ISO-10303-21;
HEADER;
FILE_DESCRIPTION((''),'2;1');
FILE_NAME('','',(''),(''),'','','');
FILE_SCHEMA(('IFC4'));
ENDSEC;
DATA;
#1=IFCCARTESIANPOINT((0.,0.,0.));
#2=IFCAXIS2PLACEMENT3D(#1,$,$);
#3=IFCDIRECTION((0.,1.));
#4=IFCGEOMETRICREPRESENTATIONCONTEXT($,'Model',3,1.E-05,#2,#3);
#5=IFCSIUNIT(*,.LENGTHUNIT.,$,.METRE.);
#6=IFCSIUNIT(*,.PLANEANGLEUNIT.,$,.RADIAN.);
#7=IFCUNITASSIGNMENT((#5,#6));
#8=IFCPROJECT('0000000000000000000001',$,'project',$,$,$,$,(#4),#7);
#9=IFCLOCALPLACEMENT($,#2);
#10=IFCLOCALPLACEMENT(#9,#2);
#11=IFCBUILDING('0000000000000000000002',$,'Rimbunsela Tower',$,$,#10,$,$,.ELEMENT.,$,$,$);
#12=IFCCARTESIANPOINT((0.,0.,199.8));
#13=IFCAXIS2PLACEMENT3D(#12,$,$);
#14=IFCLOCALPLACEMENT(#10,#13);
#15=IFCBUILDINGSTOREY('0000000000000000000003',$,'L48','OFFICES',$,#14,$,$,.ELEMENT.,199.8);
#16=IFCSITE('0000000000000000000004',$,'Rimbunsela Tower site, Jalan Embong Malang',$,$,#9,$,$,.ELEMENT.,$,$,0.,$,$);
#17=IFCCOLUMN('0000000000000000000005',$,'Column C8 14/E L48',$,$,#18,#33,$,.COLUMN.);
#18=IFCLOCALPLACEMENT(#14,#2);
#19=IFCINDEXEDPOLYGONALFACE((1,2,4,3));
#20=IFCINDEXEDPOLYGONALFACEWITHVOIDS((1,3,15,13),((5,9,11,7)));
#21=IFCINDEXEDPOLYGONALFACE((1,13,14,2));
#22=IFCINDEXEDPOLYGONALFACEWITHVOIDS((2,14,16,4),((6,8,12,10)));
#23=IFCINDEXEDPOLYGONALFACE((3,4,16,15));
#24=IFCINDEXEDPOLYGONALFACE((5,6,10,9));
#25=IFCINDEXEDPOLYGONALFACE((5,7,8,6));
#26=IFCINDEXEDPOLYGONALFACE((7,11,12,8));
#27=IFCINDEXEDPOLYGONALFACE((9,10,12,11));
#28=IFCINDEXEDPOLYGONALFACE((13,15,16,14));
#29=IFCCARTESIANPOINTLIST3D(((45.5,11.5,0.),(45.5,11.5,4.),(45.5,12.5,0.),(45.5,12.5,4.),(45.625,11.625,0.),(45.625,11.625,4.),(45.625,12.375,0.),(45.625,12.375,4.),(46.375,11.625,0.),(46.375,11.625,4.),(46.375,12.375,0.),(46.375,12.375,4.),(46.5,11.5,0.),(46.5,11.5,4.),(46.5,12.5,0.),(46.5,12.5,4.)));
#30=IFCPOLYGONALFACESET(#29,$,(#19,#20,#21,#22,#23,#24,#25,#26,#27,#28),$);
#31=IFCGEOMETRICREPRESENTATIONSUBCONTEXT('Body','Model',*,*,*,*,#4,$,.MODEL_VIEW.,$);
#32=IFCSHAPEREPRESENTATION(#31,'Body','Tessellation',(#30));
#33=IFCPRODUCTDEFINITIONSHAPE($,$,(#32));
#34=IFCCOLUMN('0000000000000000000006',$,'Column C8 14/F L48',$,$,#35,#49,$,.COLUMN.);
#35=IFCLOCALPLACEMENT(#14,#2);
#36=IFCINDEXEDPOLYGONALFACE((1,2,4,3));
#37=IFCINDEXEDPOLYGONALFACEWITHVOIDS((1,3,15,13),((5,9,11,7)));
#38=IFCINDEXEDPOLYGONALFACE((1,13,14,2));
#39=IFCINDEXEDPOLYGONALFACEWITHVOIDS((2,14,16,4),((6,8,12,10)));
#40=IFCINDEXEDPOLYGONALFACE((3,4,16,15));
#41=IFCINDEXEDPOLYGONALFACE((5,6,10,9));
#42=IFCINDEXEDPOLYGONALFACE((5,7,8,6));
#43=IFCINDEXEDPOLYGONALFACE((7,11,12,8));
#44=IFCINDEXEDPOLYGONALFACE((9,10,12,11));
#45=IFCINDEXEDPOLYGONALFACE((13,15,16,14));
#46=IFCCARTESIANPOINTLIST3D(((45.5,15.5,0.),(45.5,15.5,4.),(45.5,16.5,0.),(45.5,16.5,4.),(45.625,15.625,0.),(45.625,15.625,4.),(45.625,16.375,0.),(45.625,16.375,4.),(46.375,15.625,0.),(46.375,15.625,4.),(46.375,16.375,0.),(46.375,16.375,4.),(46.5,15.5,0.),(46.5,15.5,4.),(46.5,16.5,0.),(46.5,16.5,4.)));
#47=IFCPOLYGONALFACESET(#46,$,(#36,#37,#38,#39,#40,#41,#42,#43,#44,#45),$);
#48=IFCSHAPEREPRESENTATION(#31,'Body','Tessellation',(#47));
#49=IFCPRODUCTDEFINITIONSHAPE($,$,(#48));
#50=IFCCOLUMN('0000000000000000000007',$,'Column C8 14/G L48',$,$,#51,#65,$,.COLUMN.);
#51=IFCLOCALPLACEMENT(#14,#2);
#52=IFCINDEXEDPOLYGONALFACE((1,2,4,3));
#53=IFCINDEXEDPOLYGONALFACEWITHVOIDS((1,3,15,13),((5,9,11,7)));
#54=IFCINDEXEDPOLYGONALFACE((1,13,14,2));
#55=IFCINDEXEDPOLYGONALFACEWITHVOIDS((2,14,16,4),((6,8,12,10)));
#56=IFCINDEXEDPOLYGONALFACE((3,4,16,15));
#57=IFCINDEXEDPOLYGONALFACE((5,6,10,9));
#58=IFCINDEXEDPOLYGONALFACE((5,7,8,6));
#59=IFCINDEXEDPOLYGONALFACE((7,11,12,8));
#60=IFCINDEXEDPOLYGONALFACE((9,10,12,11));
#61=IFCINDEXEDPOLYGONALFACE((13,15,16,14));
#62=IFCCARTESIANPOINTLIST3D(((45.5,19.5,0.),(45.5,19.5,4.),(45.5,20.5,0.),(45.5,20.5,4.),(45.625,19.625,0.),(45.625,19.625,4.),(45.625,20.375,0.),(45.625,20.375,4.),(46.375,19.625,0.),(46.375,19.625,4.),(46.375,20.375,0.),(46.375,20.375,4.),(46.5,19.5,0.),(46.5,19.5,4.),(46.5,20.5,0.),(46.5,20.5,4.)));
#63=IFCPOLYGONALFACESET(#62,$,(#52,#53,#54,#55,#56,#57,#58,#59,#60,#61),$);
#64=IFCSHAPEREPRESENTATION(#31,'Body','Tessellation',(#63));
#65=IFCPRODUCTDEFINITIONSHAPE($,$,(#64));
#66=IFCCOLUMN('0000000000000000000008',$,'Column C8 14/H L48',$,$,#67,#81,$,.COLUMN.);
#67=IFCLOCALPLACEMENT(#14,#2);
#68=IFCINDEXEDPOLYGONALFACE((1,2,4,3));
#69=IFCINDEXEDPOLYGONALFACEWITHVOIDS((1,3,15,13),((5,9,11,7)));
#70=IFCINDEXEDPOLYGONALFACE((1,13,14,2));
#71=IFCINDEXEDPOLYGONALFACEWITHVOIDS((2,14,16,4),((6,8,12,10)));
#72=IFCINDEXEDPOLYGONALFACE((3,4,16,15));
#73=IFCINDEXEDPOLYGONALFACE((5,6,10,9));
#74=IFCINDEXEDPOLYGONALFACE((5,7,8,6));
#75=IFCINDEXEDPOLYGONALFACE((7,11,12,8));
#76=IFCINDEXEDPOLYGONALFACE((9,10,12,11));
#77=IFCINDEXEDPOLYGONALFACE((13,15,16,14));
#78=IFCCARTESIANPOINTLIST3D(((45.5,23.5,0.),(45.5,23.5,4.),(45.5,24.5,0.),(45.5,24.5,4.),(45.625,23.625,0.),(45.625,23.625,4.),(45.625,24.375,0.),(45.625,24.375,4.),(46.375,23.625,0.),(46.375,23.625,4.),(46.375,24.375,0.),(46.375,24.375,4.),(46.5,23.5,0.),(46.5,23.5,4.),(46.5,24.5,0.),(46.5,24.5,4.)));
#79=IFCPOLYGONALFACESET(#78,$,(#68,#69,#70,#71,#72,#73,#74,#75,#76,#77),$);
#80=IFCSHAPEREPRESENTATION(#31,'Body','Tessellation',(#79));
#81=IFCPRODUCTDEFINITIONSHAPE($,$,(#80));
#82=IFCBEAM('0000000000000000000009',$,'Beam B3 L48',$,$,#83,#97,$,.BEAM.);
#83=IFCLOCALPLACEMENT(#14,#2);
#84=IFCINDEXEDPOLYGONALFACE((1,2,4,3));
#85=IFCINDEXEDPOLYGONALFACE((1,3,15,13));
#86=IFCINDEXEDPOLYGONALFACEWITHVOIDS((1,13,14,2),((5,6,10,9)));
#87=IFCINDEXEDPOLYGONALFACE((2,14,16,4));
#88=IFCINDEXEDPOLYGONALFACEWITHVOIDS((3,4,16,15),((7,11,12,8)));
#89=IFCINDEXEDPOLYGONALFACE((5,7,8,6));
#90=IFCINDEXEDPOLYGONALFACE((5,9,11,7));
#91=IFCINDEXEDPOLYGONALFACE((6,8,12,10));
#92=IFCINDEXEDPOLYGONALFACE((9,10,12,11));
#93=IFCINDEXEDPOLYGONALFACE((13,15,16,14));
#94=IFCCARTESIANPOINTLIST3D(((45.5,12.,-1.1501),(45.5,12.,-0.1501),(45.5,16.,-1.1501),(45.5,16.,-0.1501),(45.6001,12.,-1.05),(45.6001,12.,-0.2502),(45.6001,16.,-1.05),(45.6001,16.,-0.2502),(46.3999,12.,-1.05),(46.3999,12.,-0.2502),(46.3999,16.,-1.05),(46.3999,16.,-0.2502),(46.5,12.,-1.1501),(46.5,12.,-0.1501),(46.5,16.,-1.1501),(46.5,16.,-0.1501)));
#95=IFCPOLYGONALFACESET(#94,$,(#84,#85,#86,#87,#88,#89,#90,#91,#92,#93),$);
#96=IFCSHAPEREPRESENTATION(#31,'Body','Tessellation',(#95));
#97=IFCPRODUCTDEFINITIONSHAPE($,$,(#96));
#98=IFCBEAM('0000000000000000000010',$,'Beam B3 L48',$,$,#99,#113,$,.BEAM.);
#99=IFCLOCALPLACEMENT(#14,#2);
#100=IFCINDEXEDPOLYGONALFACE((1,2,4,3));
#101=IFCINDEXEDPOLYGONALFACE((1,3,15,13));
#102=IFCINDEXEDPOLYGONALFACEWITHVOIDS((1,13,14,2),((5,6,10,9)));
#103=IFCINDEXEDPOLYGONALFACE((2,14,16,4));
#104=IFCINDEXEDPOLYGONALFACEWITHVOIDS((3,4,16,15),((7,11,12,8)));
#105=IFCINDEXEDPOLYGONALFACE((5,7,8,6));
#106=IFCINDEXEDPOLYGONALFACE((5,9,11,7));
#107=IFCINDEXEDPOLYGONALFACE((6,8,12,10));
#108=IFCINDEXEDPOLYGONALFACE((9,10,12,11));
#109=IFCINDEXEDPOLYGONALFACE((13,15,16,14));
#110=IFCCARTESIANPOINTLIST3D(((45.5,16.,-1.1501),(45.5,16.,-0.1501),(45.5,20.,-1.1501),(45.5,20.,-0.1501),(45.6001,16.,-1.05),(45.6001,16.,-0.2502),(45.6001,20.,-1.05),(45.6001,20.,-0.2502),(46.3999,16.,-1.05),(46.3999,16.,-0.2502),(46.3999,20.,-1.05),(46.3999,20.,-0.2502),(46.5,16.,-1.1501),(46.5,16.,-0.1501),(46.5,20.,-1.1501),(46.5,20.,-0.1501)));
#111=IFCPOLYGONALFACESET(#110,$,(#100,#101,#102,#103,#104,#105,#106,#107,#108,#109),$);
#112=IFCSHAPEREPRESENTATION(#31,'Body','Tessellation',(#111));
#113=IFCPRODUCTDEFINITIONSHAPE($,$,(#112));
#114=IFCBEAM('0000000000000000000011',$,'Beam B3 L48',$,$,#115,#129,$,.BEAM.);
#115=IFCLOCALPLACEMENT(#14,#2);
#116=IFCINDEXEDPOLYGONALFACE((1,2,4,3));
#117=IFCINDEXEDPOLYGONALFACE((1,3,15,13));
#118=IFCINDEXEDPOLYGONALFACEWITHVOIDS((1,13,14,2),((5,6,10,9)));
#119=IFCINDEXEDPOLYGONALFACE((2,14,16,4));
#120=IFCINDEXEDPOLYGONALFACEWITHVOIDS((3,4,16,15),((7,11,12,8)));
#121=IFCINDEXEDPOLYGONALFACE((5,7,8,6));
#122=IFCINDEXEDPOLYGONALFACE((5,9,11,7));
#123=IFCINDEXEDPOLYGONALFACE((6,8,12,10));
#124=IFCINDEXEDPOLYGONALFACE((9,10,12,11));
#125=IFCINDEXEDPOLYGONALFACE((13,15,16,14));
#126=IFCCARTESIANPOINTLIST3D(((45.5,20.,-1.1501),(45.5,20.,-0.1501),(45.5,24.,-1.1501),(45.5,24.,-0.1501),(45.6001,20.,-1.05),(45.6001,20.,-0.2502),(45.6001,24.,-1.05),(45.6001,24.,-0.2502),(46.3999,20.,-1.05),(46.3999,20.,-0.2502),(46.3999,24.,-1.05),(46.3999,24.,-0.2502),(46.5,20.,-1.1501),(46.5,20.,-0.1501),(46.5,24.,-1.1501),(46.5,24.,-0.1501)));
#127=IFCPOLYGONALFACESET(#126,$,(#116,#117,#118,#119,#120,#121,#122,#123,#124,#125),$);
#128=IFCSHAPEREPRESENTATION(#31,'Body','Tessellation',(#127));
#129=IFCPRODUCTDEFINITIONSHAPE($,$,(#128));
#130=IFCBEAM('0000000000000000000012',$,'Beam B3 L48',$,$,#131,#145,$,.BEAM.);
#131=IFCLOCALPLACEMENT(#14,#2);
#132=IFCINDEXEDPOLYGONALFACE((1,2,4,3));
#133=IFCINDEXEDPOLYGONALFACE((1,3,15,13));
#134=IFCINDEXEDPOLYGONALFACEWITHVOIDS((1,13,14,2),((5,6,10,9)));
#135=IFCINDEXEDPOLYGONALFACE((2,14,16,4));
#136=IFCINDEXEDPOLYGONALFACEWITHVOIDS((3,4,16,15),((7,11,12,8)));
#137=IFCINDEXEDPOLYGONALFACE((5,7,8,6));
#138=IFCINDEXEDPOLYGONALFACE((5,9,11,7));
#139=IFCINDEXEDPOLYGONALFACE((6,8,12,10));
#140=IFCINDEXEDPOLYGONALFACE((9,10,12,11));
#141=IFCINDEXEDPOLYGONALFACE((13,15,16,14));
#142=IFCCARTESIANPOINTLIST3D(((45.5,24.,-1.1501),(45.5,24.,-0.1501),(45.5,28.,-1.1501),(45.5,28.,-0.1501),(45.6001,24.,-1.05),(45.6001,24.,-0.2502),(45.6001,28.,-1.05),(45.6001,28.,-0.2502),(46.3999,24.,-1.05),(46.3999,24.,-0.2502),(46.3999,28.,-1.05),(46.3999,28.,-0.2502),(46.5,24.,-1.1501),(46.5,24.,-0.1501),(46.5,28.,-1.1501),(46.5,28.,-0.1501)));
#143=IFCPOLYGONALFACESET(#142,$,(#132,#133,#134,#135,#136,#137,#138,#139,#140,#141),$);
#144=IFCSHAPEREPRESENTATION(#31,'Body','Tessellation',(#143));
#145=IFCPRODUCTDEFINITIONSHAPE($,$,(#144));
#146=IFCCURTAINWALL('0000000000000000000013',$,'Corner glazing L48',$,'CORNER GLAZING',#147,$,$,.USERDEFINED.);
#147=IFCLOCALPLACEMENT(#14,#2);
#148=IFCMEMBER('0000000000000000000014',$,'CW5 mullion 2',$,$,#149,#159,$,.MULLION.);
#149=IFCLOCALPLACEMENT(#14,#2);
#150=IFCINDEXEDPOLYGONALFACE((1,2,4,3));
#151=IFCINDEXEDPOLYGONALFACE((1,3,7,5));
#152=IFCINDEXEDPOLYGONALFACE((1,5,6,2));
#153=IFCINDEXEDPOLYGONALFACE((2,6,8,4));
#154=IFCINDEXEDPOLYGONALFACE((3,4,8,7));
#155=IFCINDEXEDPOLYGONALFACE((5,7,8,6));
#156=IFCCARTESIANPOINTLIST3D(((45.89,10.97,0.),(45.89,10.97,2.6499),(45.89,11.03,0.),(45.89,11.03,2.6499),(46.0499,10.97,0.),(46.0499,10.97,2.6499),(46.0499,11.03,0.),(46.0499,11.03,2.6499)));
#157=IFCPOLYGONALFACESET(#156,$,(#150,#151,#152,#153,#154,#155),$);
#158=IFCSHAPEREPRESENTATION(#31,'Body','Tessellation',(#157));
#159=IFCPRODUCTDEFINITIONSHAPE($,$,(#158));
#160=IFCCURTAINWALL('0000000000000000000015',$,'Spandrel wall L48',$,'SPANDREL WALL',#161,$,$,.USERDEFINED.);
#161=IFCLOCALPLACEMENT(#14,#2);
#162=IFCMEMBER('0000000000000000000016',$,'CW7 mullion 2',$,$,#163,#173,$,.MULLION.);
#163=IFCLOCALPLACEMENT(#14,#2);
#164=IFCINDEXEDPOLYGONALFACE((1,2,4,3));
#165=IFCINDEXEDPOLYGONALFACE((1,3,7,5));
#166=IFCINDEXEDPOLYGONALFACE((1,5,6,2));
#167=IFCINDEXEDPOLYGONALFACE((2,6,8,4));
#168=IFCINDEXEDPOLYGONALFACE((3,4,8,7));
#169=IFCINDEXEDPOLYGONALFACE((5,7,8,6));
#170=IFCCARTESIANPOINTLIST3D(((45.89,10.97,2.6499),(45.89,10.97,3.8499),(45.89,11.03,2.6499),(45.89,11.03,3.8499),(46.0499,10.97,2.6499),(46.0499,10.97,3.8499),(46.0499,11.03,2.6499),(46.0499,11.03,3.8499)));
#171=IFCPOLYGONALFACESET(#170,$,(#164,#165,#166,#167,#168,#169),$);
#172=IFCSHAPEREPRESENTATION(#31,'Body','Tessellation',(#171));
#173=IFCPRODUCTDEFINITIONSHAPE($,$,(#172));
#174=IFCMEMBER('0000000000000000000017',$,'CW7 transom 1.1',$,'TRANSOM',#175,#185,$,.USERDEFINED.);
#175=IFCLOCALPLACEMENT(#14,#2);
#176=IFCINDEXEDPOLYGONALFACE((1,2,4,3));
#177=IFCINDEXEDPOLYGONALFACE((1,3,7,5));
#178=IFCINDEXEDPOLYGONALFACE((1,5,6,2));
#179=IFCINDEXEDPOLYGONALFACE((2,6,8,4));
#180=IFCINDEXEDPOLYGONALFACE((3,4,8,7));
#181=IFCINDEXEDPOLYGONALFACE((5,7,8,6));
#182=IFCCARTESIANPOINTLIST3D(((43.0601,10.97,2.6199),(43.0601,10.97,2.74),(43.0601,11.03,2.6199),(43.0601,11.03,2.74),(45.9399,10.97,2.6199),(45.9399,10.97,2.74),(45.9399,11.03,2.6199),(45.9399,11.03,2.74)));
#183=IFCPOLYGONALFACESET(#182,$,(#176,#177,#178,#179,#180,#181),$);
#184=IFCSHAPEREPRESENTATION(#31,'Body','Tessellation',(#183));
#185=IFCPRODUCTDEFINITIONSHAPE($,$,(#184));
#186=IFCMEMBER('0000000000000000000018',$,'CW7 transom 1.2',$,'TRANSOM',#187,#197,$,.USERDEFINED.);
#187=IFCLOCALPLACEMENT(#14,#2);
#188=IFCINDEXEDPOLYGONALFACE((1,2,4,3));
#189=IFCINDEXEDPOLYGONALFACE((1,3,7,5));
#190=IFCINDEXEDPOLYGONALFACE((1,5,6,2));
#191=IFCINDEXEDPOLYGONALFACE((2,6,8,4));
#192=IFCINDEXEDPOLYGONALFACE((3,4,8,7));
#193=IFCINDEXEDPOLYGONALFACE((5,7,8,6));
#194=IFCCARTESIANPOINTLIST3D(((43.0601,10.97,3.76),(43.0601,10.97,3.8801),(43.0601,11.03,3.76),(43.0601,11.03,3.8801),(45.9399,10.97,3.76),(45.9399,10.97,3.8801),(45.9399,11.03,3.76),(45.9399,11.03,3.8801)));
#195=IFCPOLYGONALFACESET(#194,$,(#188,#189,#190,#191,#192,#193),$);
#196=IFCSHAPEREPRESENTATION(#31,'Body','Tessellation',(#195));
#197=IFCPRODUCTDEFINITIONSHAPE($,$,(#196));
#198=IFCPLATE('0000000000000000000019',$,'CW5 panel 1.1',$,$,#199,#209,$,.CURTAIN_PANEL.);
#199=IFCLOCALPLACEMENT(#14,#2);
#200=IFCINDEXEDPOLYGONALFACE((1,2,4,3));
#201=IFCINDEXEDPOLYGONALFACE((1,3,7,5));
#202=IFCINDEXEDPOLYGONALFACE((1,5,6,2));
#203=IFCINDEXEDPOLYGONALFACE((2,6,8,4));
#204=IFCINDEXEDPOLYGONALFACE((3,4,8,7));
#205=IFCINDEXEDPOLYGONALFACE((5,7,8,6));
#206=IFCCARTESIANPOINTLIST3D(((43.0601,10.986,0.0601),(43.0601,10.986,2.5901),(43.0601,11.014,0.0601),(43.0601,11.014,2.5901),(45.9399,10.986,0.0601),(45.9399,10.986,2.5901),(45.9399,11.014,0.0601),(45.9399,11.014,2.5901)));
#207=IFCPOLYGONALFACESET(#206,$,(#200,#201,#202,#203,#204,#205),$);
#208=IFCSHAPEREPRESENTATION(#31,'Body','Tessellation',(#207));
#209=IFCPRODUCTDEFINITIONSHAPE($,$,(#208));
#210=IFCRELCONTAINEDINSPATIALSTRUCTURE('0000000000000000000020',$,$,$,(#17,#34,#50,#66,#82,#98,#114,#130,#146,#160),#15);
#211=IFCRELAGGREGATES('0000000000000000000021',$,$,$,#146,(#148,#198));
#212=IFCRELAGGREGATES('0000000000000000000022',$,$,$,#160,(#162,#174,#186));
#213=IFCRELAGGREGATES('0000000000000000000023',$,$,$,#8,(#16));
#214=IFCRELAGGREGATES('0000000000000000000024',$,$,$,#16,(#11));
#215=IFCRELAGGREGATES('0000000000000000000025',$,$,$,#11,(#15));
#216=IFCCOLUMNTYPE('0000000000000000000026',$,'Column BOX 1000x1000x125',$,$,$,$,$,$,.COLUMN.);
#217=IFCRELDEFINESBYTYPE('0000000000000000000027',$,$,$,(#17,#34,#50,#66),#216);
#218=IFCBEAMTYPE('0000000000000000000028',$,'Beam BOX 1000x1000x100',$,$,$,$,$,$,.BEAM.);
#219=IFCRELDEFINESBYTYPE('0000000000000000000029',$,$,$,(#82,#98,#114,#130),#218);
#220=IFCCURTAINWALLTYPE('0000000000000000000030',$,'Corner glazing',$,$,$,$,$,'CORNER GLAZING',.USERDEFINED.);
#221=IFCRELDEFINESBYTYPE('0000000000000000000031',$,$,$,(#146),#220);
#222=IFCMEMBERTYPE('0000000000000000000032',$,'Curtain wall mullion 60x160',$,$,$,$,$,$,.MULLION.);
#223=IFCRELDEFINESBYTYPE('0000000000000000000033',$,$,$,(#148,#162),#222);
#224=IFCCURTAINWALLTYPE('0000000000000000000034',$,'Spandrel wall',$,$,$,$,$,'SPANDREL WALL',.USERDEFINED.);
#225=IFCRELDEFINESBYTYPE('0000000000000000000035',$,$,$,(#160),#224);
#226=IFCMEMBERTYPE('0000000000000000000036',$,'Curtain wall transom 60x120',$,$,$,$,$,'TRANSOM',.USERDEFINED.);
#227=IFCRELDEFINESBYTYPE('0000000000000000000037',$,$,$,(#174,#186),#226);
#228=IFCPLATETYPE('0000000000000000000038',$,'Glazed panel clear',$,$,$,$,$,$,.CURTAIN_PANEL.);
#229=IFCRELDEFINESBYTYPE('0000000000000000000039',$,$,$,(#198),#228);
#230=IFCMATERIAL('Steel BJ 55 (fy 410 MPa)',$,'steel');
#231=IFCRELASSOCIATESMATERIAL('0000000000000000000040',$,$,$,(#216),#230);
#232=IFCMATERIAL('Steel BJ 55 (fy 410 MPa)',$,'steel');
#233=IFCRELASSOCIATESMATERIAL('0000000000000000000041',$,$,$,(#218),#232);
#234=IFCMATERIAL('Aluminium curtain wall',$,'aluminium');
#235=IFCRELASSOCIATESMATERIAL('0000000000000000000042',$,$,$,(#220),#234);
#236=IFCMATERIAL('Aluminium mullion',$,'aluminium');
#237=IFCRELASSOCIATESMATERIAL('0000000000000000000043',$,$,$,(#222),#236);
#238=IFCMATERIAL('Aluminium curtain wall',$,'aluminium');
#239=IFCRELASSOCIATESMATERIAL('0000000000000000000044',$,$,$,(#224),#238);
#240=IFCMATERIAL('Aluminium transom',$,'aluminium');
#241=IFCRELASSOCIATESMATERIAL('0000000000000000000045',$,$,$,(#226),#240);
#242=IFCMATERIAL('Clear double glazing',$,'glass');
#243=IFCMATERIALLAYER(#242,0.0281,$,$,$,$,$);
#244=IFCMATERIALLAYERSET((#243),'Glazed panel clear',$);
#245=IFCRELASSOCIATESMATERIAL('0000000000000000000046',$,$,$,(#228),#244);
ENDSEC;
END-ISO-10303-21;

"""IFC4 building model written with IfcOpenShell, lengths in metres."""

from ifc_helpers import new_model, si_unit, direction, frame, origin, origin_2d, place, context, subcontext, project, spatial, rectangle, hollow_rectangle, extrude, material, layer, layer_set, material_profile, profile_set, type_object, element, aggregate, save


model = new_model("IFC4")

# Units and contexts
model_context = context("Model", 3, precision=1e-05, world=origin(), true_north=direction((0.0, 1.0)))
body_context = subcontext(model_context, "Body", "Model", "MODEL_VIEW")
ifc_project = project(units=[si_unit("LENGTHUNIT", "METRE"), si_unit("PLANEANGLEUNIT", "RADIAN")], contexts=[model_context])

# Site, building, storey
site_placement = place(None, origin())
site = spatial("IfcSite", under=ifc_project, at=site_placement, Name="Rimbunsela Tower site, Jalan Embong Malang", CompositionType="ELEMENT", RefElevation=0.0)
building_placement = place(site_placement, origin())
building = spatial("IfcBuilding", under=site, at=building_placement, Name="Rimbunsela Tower", CompositionType="ELEMENT")
storey_placement = place(building_placement, frame((0.0, 0.0, 199.8)))
storey = spatial("IfcBuildingStorey", under=building, at=storey_placement, Name="L48", Description="OFFICES", CompositionType="ELEMENT", Elevation=199.8)

# Columns
ifc_material_1 = material(Name="Steel BJ 55 (fy 410 MPa)", Category="steel")
ifc_material_profile_1 = material_profile(ifc_material_1, hollow_rectangle(XDim=1.0, YDim=1.0, WallThickness=0.125, at=origin_2d()), Name="BOX 1000x1000x125")
ifc_profile_set_1 = profile_set([ifc_material_profile_1], Name="Steel BJ 55 (fy 410 MPa)")
column_type = type_object("IfcColumnType", Name="Column BOX 1000x1000x125", PredefinedType="COLUMN", material=ifc_profile_set_1)
for number, where, z_axis, x_axis, name in (
    (1, (46.0, 12.0, 0.0), (0.0, 0.0, 1.0), (1.0, 0.0, 0.0), "Column C8 14/E L48"),
    (2, (46.0, 16.0, 0.0), (0.0, 0.0, 1.0), (1.0, 0.0, 0.0), "Column C8 14/F L48"),
    (3, (46.0, 20.0, 0.0), (0.0, 0.0, 1.0), (1.0, 0.0, 0.0), "Column C8 14/G L48"),
    (4, (46.0, 24.0, 0.0), (0.0, 0.0, 1.0), (1.0, 0.0, 0.0), "Column C8 14/H L48"),
):
    element("IfcColumn", number, at=place(storey_placement, frame(where, z_axis=z_axis, x_axis=x_axis)), inside=storey, type_object=column_type, Name=name, PredefinedType="COLUMN", context=body_context, shape_type="SweptSolid", body=[
        extrude(hollow_rectangle(XDim=1.0, YDim=1.0, WallThickness=0.125, at=origin_2d()), origin(), (0.0, 0.0, 1.0), 4.0),
    ])

# Beams
ifc_material_2 = material(Name="Steel BJ 55 (fy 410 MPa)", Category="steel")
ifc_material_profile_2 = material_profile(ifc_material_2, hollow_rectangle(XDim=1.0, YDim=1.0, WallThickness=0.1001, at=origin_2d()), Name="BOX 1000x1000x100")
ifc_profile_set_2 = profile_set([ifc_material_profile_2], Name="Steel BJ 55 (fy 410 MPa)")
beam_type = type_object("IfcBeamType", Name="Beam BOX 1000x1000x100", PredefinedType="BEAM", material=ifc_profile_set_2)
for number, where, z_axis, x_axis, name in (
    (5, (46.0, 12.0, -0.6501), (0.0, 1.0, 0.0), (-1.0, 0.0, 0.0), "Beam B3 L48"),
    (6, (46.0, 16.0, -0.6501), (0.0, 1.0, 0.0), (-1.0, 0.0, 0.0), "Beam B3 L48"),
    (7, (46.0, 20.0, -0.6501), (0.0, 1.0, 0.0), (-1.0, 0.0, 0.0), "Beam B3 L48"),
    (8, (46.0, 24.0, -0.6501), (0.0, 1.0, 0.0), (-1.0, 0.0, 0.0), "Beam B3 L48"),
):
    element("IfcBeam", number, at=place(storey_placement, frame(where, z_axis=z_axis, x_axis=x_axis)), inside=storey, type_object=beam_type, Name=name, PredefinedType="BEAM", context=body_context, shape_type="SweptSolid", body=[
        extrude(hollow_rectangle(XDim=1.0, YDim=1.0, WallThickness=0.1001, at=origin_2d()), origin(), (0.0, 0.0, 1.0), 4.0),
    ])

# Curtain wall, member
ifc_material_3 = material(Name="Aluminium curtain wall", Category="aluminium")
curtain_wall_type_1 = type_object("IfcCurtainWallType", Name="Corner glazing", ElementType="CORNER GLAZING", PredefinedType="USERDEFINED", material=ifc_material_3)
curtain_wall_1_placement = place(storey_placement, origin())
curtain_wall_1 = element("IfcCurtainWall", 9, at=curtain_wall_1_placement, inside=storey, type_object=curtain_wall_type_1, Name="Corner glazing L48", ObjectType="CORNER GLAZING", PredefinedType="USERDEFINED")
ifc_material_4 = material(Name="Aluminium mullion", Category="aluminium")
ifc_material_profile_3 = material_profile(ifc_material_4, rectangle(XDim=0.0601, YDim=0.1599, at=origin_2d()), Name="Mullion 60x160")
ifc_profile_set_3 = profile_set([ifc_material_profile_3], Name="Aluminium mullion")
member_type_1 = type_object("IfcMemberType", Name="Curtain wall mullion 60x160", PredefinedType="MULLION", material=ifc_profile_set_3)
member_1_placement = place(storey_placement, frame((45.97, 11.0, 0.0), z_axis=(0.0, 0.0, 1.0), x_axis=(0.0, 1.0, 0.0)))
member_1 = element("IfcMember", 10, at=member_1_placement, type_object=member_type_1, Name="CW5 mullion 2", PredefinedType="MULLION", context=body_context, shape_type="SweptSolid", body=[
    extrude(rectangle(XDim=0.0601, YDim=0.1599, at=origin_2d()), origin(), (0.0, 0.0, 1.0), 2.6499),
])

# Curtain wall, members
ifc_material_5 = material(Name="Aluminium curtain wall", Category="aluminium")
curtain_wall_type_2 = type_object("IfcCurtainWallType", Name="Spandrel wall", ElementType="SPANDREL WALL", PredefinedType="USERDEFINED", material=ifc_material_5)
curtain_wall_2_placement = place(storey_placement, origin())
curtain_wall_2 = element("IfcCurtainWall", 11, at=curtain_wall_2_placement, inside=storey, type_object=curtain_wall_type_2, Name="Spandrel wall L48", ObjectType="SPANDREL WALL", PredefinedType="USERDEFINED")
member_2_placement = place(storey_placement, frame((45.97, 11.0, 2.6499), z_axis=(0.0, 0.0, 1.0), x_axis=(0.0, 1.0, 0.0)))
member_2 = element("IfcMember", 12, at=member_2_placement, type_object=member_type_1, Name="CW7 mullion 2", PredefinedType="MULLION", context=body_context, shape_type="SweptSolid", body=[
    extrude(rectangle(XDim=0.0601, YDim=0.1599, at=origin_2d()), origin(), (0.0, 0.0, 1.0), 1.2),
])
ifc_material_6 = material(Name="Aluminium transom", Category="aluminium")
ifc_material_profile_4 = material_profile(ifc_material_6, rectangle(XDim=0.0601, YDim=0.1201, at=origin_2d()), Name="Transom 60x120")
ifc_profile_set_4 = profile_set([ifc_material_profile_4], Name="Aluminium transom")
member_type_2 = type_object("IfcMemberType", Name="Curtain wall transom 60x120", ElementType="TRANSOM", PredefinedType="USERDEFINED", material=ifc_profile_set_4)
member_3_placement = place(storey_placement, frame((43.0601, 11.0, 2.6799), z_axis=(1.0, 0.0, 0.0), x_axis=(0.0, 1.0, 0.0)))
member_3 = element("IfcMember", 13, at=member_3_placement, type_object=member_type_2, Name="CW7 transom 1.1", ObjectType="TRANSOM", PredefinedType="USERDEFINED", context=body_context, shape_type="SweptSolid", body=[
    extrude(rectangle(XDim=0.0601, YDim=0.1201, at=origin_2d()), origin(), (0.0, 0.0, 1.0), 2.8799),
])
member_4_placement = place(storey_placement, frame((43.0601, 11.0, 3.8201), z_axis=(1.0, 0.0, 0.0), x_axis=(0.0, 1.0, 0.0)))
member_4 = element("IfcMember", 14, at=member_4_placement, type_object=member_type_2, Name="CW7 transom 1.2", ObjectType="TRANSOM", PredefinedType="USERDEFINED", context=body_context, shape_type="SweptSolid", body=[
    extrude(rectangle(XDim=0.0601, YDim=0.1201, at=origin_2d()), origin(), (0.0, 0.0, 1.0), 2.8799),
])

# Plate
ifc_material_7 = material(Name="Clear double glazing", Category="glass")
ifc_layer_1 = layer(ifc_material_7, 0.0281)
ifc_layer_set_1 = layer_set([ifc_layer_1], Name="Glazed panel clear")
plate_type_1 = type_object("IfcPlateType", Name="Glazed panel clear", PredefinedType="CURTAIN_PANEL", material=ifc_layer_set_1)
plate_1_placement = place(storey_placement, frame((44.5, 11.0, 0.0601), z_axis=(0.0, 0.0, 1.0), x_axis=(1.0, 0.0, 0.0)))
plate_1 = element("IfcPlate", 15, at=plate_1_placement, type_object=plate_type_1, Name="CW5 panel 1.1", PredefinedType="CURTAIN_PANEL", context=body_context, shape_type="SweptSolid", body=[
    extrude(rectangle(XDim=2.8799, YDim=0.0281, at=origin_2d()), origin(), (0.0, 0.0, 1.0), 2.53),
])
aggregate(curtain_wall_1, [member_1, plate_1])
aggregate(curtain_wall_2, [member_2, member_3, member_4])

save(model, "model.ifc")
